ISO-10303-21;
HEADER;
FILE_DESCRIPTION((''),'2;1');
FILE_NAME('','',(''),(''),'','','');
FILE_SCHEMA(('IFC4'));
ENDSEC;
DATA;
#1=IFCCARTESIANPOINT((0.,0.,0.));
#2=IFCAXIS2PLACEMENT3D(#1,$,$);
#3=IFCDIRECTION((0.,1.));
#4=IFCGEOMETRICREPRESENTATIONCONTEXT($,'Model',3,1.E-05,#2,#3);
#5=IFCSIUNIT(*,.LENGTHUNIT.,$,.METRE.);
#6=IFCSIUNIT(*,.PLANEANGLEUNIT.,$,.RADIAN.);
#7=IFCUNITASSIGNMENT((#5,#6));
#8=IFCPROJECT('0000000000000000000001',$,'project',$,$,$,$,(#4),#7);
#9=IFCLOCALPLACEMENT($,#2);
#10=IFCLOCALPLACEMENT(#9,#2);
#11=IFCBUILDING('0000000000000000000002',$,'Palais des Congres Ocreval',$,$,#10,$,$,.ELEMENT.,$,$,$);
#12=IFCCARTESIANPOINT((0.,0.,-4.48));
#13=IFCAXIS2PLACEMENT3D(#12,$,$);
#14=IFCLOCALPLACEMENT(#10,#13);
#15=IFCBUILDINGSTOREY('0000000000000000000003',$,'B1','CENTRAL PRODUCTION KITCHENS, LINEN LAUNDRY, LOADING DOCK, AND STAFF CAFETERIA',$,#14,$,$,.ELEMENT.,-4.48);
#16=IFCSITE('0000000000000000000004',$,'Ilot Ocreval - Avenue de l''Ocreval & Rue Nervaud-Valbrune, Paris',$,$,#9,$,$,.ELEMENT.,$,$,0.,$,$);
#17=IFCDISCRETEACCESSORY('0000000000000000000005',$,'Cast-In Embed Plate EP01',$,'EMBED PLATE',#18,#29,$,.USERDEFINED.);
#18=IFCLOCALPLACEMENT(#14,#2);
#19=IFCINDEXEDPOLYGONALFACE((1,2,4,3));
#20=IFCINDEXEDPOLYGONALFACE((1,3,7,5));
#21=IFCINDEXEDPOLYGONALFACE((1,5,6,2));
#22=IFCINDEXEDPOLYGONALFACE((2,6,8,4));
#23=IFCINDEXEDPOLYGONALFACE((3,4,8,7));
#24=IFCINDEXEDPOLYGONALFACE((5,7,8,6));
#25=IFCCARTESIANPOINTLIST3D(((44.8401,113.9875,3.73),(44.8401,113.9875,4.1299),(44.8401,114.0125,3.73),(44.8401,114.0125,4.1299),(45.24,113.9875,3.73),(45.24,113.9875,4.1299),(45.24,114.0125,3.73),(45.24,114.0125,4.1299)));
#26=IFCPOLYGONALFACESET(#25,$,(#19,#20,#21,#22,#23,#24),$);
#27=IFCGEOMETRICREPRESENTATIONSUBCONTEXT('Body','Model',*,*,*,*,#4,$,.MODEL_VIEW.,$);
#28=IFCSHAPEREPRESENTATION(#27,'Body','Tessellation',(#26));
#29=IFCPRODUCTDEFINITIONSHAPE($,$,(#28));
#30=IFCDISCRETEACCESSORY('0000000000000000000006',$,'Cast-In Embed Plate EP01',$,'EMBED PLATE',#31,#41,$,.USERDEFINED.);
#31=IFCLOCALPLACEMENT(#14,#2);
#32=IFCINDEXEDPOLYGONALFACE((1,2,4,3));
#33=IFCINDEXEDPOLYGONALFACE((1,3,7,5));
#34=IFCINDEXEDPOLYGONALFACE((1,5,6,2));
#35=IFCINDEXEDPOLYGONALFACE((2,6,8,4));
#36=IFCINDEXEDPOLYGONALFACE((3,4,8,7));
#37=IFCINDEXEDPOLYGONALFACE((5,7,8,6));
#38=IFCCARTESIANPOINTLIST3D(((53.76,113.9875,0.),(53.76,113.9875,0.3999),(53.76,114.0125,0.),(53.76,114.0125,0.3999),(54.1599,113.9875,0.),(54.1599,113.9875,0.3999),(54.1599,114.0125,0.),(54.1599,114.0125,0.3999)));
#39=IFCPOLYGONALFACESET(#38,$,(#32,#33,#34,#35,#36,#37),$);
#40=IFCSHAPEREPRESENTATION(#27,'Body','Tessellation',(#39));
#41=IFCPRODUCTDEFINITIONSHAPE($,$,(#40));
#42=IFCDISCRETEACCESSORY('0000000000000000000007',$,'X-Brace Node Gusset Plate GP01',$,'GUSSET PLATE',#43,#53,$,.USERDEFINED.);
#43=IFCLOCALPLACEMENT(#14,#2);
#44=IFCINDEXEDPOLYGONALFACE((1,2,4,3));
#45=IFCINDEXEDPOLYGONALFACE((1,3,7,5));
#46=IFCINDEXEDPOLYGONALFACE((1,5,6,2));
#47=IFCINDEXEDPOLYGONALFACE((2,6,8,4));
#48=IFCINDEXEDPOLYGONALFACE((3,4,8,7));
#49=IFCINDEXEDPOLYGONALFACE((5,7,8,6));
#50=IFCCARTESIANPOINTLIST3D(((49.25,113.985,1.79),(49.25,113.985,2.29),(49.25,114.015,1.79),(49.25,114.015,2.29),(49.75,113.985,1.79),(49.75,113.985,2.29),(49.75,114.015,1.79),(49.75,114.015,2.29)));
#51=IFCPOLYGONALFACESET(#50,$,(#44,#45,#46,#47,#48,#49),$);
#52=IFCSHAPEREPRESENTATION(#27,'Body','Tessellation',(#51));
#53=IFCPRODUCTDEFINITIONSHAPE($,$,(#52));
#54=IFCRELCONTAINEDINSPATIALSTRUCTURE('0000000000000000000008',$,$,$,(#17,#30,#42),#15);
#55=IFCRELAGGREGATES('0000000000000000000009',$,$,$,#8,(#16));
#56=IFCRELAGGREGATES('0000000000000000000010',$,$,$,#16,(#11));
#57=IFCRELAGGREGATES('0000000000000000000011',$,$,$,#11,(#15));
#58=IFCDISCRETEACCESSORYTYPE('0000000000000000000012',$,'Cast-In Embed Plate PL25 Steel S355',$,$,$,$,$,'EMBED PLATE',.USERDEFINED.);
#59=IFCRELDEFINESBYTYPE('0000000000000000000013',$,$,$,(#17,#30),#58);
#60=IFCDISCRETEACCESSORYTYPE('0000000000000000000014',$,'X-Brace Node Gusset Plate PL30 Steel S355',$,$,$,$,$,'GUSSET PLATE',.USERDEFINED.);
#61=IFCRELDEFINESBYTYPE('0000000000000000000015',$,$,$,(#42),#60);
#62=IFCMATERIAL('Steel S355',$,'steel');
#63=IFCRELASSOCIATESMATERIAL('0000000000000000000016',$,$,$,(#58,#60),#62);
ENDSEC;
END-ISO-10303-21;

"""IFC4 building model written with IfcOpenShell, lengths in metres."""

from ifc_helpers import new_model, si_unit, direction, frame, origin, origin_2d, place, context, subcontext, project, spatial, rectangle, extrude, material, type_object, element, save


model = new_model("IFC4")

# Units and contexts
model_context = context("Model", 3, precision=1e-05, world=origin(), true_north=direction((0.0, 1.0)))
body_context = subcontext(model_context, "Body", "Model", "MODEL_VIEW")
ifc_project = project(units=[si_unit("LENGTHUNIT", "METRE"), si_unit("PLANEANGLEUNIT", "RADIAN")], contexts=[model_context])

# Site, building, storey
site_placement = place(None, origin())
site = spatial("IfcSite", under=ifc_project, at=site_placement, Name="Ilot Ocreval - Avenue de l'Ocreval & Rue Nervaud-Valbrune, Paris", CompositionType="ELEMENT", RefElevation=0.0)
building_placement = place(site_placement, origin())
building = spatial("IfcBuilding", under=site, at=building_placement, Name="Palais des Congres Ocreval", CompositionType="ELEMENT")
storey_placement = place(building_placement, frame((0.0, 0.0, -4.48)))
storey = spatial("IfcBuildingStorey", under=building, at=storey_placement, Name="B1", Description="CENTRAL PRODUCTION KITCHENS, LINEN LAUNDRY, LOADING DOCK, AND STAFF CAFETERIA", CompositionType="ELEMENT", Elevation=-4.48)

# Shared definitions
ifc_material_1 = material(Name="Steel S355", Category="steel")

# Discrete accessories
discrete_accessory_type_1 = type_object("IfcDiscreteAccessoryType", Name="Cast-In Embed Plate PL25 Steel S355", ElementType="EMBED PLATE", PredefinedType="USERDEFINED", material=ifc_material_1)
for number, where, z_axis, x_axis, name in (
    (1, (45.04, 114.0, 3.73), (0.0, 0.0, 1.0), (1.0, 0.0, 0.0), "Cast-In Embed Plate EP01"),
    (2, (53.96, 114.0, 0.0), (0.0, 0.0, 1.0), (1.0, 0.0, 0.0), "Cast-In Embed Plate EP01"),
):
    element("IfcDiscreteAccessory", number, at=place(storey_placement, frame(where, z_axis=z_axis, x_axis=x_axis)), inside=storey, type_object=discrete_accessory_type_1, Name=name, ObjectType="EMBED PLATE", PredefinedType="USERDEFINED", context=body_context, shape_type="SweptSolid", body=[
        extrude(rectangle(XDim=0.3999, YDim=0.0249, at=origin_2d()), origin(), (0.0, 0.0, 1.0), 0.3999),
    ])
discrete_accessory_type_2 = type_object("IfcDiscreteAccessoryType", Name="X-Brace Node Gusset Plate PL30 Steel S355", ElementType="GUSSET PLATE", PredefinedType="USERDEFINED", material=ifc_material_1)
discrete_accessory_placement = place(storey_placement, frame((49.5, 114.0, 1.79), z_axis=(0.0, 0.0, 1.0), x_axis=(1.0, 0.0, 0.0)))
element("IfcDiscreteAccessory", 3, at=discrete_accessory_placement, inside=storey, type_object=discrete_accessory_type_2, Name="X-Brace Node Gusset Plate GP01", ObjectType="GUSSET PLATE", PredefinedType="USERDEFINED", context=body_context, shape_type="SweptSolid", body=[
    extrude(rectangle(XDim=0.5, YDim=0.03, at=origin_2d()), origin(), (0.0, 0.0, 1.0), 0.5),
])

save(model, "model.ifc")
